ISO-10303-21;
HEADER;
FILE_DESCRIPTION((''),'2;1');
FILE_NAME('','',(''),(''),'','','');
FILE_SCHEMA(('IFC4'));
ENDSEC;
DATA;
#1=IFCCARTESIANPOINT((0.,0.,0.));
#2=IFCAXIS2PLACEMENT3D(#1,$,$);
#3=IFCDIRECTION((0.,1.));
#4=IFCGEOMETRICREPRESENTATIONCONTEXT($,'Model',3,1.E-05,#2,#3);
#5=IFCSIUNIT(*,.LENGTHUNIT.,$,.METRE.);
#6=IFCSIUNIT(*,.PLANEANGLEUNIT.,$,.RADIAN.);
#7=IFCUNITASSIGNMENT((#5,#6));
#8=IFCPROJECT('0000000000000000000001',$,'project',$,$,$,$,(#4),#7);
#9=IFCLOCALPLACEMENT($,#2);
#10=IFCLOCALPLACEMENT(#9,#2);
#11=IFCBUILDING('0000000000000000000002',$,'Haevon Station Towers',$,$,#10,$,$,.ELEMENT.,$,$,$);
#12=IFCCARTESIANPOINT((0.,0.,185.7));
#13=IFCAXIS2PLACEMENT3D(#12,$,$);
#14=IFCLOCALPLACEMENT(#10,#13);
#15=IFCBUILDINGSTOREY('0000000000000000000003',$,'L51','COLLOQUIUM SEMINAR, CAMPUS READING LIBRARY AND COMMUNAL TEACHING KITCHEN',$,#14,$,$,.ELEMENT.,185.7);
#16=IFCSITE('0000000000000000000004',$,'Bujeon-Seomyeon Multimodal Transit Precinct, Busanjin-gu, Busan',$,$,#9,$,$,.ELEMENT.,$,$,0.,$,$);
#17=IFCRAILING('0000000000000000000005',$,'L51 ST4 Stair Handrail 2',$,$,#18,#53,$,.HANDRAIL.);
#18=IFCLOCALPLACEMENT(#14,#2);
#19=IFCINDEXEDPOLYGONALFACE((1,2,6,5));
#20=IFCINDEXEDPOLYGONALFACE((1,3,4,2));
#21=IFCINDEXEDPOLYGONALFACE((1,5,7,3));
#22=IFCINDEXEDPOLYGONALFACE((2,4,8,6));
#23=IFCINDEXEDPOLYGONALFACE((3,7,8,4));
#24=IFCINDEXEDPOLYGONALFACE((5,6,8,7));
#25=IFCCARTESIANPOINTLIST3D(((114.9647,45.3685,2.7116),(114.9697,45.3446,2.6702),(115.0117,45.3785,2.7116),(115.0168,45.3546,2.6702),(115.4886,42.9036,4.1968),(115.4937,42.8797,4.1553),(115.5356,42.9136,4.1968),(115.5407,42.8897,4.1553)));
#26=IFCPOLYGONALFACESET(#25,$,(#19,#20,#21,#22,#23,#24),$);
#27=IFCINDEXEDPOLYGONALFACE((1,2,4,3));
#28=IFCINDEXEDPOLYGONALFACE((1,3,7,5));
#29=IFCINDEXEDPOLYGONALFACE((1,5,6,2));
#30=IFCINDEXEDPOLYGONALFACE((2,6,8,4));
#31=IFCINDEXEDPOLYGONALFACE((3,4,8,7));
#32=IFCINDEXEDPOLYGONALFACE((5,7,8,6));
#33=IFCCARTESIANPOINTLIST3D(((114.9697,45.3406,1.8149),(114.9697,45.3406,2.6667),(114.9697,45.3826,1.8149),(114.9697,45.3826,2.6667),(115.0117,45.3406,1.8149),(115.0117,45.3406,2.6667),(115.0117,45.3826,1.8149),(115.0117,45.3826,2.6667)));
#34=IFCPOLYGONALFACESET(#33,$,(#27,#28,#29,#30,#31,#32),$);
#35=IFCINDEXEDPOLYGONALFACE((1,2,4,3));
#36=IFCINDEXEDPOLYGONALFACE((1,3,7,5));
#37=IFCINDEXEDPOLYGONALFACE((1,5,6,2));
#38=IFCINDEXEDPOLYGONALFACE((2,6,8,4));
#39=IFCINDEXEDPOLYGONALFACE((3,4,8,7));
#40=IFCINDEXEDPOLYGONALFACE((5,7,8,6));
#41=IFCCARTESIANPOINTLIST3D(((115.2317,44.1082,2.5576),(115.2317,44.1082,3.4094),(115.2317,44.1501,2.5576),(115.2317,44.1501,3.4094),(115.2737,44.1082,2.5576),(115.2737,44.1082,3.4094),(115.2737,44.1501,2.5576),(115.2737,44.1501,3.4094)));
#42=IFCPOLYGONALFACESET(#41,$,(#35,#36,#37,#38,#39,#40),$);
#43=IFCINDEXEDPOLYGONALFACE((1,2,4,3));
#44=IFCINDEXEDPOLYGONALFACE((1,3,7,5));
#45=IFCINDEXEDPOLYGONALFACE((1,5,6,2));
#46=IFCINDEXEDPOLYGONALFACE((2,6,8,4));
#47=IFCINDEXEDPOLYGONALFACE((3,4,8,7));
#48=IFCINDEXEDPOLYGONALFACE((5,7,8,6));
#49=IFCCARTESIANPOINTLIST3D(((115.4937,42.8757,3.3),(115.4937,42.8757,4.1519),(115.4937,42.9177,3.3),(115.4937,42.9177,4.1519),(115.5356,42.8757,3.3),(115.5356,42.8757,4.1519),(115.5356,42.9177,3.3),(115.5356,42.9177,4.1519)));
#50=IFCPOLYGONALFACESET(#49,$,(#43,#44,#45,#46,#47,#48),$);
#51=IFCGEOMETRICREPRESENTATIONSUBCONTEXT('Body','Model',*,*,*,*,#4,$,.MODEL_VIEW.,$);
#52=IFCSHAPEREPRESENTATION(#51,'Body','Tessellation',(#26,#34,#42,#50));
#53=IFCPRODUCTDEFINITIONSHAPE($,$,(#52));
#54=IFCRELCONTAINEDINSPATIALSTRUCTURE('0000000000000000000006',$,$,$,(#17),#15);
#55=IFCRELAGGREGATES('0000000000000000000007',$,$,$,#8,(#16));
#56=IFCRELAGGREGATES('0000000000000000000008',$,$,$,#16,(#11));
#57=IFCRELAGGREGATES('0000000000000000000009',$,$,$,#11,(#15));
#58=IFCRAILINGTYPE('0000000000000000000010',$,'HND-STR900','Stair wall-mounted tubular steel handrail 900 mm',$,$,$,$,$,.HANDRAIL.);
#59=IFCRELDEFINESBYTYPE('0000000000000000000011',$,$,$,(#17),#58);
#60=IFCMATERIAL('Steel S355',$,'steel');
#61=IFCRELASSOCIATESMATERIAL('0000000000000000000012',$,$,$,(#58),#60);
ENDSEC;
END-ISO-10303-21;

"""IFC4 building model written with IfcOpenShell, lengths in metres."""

from ifc_helpers import new_model, si_unit, direction, frame, origin, origin_2d, place, context, subcontext, project, spatial, rectangle, extrude, material, type_object, element, save


model = new_model("IFC4")

# Units and contexts
model_context = context("Model", 3, precision=1e-05, world=origin(), true_north=direction((0.0, 1.0)))
body_context = subcontext(model_context, "Body", "Model", "MODEL_VIEW")
ifc_project = project(units=[si_unit("LENGTHUNIT", "METRE"), si_unit("PLANEANGLEUNIT", "RADIAN")], contexts=[model_context])

# Site, building, storey
site_placement = place(None, origin())
site = spatial("IfcSite", under=ifc_project, at=site_placement, Name="Bujeon-Seomyeon Multimodal Transit Precinct, Busanjin-gu, Busan", CompositionType="ELEMENT", RefElevation=0.0)
building_placement = place(site_placement, origin())
building = spatial("IfcBuilding", under=site, at=building_placement, Name="Haevon Station Towers", CompositionType="ELEMENT")
storey_placement = place(building_placement, frame((0.0, 0.0, 185.7)))
storey = spatial("IfcBuildingStorey", under=building, at=storey_placement, Name="L51", Description="COLLOQUIUM SEMINAR, CAMPUS READING LIBRARY AND COMMUNAL TEACHING KITCHEN", CompositionType="ELEMENT", Elevation=185.7)

# Shared definitions
ifc_material_1 = material(Name="Steel S355", Category="steel")

# Railing
railing_type_1 = type_object("IfcRailingType", Name="HND-STR900", Description="Stair wall-mounted tubular steel handrail 900 mm", PredefinedType="HANDRAIL", material=ifc_material_1)
railing_1_placement = place(storey_placement, frame((114.9907, 45.3616, 1.8149)))
element("IfcRailing", 1, at=railing_1_placement, inside=storey, type_object=railing_type_1, Name="L51 ST4 Stair Handrail 2", PredefinedType="HANDRAIL", context=body_context, shape_type="SweptSolid", body=[
    extrude(rectangle(XDim=0.0481, YDim=0.0481, at=origin_2d()), frame((0.0, 0.0, 0.876), z_axis=(0.179121, -0.842688, 0.507733), x_axis=(0.978147, 0.207914, 0.0)), (0.0, 0.0, 1.0), 2.925),
    extrude(rectangle(XDim=0.042, YDim=0.042, at=origin_2d()), origin(), (0.0, 0.0, 1.0), 0.8518),
    extrude(rectangle(XDim=0.042, YDim=0.042, at=origin_2d()), frame((0.262, -1.2324, 0.7427)), (0.0, 0.0, 1.0), 0.8518),
    extrude(rectangle(XDim=0.042, YDim=0.042, at=origin_2d()), frame((0.5239, -2.4648, 1.4851)), (0.0, 0.0, 1.0), 0.8518),
])

save(model, "model.ifc")
